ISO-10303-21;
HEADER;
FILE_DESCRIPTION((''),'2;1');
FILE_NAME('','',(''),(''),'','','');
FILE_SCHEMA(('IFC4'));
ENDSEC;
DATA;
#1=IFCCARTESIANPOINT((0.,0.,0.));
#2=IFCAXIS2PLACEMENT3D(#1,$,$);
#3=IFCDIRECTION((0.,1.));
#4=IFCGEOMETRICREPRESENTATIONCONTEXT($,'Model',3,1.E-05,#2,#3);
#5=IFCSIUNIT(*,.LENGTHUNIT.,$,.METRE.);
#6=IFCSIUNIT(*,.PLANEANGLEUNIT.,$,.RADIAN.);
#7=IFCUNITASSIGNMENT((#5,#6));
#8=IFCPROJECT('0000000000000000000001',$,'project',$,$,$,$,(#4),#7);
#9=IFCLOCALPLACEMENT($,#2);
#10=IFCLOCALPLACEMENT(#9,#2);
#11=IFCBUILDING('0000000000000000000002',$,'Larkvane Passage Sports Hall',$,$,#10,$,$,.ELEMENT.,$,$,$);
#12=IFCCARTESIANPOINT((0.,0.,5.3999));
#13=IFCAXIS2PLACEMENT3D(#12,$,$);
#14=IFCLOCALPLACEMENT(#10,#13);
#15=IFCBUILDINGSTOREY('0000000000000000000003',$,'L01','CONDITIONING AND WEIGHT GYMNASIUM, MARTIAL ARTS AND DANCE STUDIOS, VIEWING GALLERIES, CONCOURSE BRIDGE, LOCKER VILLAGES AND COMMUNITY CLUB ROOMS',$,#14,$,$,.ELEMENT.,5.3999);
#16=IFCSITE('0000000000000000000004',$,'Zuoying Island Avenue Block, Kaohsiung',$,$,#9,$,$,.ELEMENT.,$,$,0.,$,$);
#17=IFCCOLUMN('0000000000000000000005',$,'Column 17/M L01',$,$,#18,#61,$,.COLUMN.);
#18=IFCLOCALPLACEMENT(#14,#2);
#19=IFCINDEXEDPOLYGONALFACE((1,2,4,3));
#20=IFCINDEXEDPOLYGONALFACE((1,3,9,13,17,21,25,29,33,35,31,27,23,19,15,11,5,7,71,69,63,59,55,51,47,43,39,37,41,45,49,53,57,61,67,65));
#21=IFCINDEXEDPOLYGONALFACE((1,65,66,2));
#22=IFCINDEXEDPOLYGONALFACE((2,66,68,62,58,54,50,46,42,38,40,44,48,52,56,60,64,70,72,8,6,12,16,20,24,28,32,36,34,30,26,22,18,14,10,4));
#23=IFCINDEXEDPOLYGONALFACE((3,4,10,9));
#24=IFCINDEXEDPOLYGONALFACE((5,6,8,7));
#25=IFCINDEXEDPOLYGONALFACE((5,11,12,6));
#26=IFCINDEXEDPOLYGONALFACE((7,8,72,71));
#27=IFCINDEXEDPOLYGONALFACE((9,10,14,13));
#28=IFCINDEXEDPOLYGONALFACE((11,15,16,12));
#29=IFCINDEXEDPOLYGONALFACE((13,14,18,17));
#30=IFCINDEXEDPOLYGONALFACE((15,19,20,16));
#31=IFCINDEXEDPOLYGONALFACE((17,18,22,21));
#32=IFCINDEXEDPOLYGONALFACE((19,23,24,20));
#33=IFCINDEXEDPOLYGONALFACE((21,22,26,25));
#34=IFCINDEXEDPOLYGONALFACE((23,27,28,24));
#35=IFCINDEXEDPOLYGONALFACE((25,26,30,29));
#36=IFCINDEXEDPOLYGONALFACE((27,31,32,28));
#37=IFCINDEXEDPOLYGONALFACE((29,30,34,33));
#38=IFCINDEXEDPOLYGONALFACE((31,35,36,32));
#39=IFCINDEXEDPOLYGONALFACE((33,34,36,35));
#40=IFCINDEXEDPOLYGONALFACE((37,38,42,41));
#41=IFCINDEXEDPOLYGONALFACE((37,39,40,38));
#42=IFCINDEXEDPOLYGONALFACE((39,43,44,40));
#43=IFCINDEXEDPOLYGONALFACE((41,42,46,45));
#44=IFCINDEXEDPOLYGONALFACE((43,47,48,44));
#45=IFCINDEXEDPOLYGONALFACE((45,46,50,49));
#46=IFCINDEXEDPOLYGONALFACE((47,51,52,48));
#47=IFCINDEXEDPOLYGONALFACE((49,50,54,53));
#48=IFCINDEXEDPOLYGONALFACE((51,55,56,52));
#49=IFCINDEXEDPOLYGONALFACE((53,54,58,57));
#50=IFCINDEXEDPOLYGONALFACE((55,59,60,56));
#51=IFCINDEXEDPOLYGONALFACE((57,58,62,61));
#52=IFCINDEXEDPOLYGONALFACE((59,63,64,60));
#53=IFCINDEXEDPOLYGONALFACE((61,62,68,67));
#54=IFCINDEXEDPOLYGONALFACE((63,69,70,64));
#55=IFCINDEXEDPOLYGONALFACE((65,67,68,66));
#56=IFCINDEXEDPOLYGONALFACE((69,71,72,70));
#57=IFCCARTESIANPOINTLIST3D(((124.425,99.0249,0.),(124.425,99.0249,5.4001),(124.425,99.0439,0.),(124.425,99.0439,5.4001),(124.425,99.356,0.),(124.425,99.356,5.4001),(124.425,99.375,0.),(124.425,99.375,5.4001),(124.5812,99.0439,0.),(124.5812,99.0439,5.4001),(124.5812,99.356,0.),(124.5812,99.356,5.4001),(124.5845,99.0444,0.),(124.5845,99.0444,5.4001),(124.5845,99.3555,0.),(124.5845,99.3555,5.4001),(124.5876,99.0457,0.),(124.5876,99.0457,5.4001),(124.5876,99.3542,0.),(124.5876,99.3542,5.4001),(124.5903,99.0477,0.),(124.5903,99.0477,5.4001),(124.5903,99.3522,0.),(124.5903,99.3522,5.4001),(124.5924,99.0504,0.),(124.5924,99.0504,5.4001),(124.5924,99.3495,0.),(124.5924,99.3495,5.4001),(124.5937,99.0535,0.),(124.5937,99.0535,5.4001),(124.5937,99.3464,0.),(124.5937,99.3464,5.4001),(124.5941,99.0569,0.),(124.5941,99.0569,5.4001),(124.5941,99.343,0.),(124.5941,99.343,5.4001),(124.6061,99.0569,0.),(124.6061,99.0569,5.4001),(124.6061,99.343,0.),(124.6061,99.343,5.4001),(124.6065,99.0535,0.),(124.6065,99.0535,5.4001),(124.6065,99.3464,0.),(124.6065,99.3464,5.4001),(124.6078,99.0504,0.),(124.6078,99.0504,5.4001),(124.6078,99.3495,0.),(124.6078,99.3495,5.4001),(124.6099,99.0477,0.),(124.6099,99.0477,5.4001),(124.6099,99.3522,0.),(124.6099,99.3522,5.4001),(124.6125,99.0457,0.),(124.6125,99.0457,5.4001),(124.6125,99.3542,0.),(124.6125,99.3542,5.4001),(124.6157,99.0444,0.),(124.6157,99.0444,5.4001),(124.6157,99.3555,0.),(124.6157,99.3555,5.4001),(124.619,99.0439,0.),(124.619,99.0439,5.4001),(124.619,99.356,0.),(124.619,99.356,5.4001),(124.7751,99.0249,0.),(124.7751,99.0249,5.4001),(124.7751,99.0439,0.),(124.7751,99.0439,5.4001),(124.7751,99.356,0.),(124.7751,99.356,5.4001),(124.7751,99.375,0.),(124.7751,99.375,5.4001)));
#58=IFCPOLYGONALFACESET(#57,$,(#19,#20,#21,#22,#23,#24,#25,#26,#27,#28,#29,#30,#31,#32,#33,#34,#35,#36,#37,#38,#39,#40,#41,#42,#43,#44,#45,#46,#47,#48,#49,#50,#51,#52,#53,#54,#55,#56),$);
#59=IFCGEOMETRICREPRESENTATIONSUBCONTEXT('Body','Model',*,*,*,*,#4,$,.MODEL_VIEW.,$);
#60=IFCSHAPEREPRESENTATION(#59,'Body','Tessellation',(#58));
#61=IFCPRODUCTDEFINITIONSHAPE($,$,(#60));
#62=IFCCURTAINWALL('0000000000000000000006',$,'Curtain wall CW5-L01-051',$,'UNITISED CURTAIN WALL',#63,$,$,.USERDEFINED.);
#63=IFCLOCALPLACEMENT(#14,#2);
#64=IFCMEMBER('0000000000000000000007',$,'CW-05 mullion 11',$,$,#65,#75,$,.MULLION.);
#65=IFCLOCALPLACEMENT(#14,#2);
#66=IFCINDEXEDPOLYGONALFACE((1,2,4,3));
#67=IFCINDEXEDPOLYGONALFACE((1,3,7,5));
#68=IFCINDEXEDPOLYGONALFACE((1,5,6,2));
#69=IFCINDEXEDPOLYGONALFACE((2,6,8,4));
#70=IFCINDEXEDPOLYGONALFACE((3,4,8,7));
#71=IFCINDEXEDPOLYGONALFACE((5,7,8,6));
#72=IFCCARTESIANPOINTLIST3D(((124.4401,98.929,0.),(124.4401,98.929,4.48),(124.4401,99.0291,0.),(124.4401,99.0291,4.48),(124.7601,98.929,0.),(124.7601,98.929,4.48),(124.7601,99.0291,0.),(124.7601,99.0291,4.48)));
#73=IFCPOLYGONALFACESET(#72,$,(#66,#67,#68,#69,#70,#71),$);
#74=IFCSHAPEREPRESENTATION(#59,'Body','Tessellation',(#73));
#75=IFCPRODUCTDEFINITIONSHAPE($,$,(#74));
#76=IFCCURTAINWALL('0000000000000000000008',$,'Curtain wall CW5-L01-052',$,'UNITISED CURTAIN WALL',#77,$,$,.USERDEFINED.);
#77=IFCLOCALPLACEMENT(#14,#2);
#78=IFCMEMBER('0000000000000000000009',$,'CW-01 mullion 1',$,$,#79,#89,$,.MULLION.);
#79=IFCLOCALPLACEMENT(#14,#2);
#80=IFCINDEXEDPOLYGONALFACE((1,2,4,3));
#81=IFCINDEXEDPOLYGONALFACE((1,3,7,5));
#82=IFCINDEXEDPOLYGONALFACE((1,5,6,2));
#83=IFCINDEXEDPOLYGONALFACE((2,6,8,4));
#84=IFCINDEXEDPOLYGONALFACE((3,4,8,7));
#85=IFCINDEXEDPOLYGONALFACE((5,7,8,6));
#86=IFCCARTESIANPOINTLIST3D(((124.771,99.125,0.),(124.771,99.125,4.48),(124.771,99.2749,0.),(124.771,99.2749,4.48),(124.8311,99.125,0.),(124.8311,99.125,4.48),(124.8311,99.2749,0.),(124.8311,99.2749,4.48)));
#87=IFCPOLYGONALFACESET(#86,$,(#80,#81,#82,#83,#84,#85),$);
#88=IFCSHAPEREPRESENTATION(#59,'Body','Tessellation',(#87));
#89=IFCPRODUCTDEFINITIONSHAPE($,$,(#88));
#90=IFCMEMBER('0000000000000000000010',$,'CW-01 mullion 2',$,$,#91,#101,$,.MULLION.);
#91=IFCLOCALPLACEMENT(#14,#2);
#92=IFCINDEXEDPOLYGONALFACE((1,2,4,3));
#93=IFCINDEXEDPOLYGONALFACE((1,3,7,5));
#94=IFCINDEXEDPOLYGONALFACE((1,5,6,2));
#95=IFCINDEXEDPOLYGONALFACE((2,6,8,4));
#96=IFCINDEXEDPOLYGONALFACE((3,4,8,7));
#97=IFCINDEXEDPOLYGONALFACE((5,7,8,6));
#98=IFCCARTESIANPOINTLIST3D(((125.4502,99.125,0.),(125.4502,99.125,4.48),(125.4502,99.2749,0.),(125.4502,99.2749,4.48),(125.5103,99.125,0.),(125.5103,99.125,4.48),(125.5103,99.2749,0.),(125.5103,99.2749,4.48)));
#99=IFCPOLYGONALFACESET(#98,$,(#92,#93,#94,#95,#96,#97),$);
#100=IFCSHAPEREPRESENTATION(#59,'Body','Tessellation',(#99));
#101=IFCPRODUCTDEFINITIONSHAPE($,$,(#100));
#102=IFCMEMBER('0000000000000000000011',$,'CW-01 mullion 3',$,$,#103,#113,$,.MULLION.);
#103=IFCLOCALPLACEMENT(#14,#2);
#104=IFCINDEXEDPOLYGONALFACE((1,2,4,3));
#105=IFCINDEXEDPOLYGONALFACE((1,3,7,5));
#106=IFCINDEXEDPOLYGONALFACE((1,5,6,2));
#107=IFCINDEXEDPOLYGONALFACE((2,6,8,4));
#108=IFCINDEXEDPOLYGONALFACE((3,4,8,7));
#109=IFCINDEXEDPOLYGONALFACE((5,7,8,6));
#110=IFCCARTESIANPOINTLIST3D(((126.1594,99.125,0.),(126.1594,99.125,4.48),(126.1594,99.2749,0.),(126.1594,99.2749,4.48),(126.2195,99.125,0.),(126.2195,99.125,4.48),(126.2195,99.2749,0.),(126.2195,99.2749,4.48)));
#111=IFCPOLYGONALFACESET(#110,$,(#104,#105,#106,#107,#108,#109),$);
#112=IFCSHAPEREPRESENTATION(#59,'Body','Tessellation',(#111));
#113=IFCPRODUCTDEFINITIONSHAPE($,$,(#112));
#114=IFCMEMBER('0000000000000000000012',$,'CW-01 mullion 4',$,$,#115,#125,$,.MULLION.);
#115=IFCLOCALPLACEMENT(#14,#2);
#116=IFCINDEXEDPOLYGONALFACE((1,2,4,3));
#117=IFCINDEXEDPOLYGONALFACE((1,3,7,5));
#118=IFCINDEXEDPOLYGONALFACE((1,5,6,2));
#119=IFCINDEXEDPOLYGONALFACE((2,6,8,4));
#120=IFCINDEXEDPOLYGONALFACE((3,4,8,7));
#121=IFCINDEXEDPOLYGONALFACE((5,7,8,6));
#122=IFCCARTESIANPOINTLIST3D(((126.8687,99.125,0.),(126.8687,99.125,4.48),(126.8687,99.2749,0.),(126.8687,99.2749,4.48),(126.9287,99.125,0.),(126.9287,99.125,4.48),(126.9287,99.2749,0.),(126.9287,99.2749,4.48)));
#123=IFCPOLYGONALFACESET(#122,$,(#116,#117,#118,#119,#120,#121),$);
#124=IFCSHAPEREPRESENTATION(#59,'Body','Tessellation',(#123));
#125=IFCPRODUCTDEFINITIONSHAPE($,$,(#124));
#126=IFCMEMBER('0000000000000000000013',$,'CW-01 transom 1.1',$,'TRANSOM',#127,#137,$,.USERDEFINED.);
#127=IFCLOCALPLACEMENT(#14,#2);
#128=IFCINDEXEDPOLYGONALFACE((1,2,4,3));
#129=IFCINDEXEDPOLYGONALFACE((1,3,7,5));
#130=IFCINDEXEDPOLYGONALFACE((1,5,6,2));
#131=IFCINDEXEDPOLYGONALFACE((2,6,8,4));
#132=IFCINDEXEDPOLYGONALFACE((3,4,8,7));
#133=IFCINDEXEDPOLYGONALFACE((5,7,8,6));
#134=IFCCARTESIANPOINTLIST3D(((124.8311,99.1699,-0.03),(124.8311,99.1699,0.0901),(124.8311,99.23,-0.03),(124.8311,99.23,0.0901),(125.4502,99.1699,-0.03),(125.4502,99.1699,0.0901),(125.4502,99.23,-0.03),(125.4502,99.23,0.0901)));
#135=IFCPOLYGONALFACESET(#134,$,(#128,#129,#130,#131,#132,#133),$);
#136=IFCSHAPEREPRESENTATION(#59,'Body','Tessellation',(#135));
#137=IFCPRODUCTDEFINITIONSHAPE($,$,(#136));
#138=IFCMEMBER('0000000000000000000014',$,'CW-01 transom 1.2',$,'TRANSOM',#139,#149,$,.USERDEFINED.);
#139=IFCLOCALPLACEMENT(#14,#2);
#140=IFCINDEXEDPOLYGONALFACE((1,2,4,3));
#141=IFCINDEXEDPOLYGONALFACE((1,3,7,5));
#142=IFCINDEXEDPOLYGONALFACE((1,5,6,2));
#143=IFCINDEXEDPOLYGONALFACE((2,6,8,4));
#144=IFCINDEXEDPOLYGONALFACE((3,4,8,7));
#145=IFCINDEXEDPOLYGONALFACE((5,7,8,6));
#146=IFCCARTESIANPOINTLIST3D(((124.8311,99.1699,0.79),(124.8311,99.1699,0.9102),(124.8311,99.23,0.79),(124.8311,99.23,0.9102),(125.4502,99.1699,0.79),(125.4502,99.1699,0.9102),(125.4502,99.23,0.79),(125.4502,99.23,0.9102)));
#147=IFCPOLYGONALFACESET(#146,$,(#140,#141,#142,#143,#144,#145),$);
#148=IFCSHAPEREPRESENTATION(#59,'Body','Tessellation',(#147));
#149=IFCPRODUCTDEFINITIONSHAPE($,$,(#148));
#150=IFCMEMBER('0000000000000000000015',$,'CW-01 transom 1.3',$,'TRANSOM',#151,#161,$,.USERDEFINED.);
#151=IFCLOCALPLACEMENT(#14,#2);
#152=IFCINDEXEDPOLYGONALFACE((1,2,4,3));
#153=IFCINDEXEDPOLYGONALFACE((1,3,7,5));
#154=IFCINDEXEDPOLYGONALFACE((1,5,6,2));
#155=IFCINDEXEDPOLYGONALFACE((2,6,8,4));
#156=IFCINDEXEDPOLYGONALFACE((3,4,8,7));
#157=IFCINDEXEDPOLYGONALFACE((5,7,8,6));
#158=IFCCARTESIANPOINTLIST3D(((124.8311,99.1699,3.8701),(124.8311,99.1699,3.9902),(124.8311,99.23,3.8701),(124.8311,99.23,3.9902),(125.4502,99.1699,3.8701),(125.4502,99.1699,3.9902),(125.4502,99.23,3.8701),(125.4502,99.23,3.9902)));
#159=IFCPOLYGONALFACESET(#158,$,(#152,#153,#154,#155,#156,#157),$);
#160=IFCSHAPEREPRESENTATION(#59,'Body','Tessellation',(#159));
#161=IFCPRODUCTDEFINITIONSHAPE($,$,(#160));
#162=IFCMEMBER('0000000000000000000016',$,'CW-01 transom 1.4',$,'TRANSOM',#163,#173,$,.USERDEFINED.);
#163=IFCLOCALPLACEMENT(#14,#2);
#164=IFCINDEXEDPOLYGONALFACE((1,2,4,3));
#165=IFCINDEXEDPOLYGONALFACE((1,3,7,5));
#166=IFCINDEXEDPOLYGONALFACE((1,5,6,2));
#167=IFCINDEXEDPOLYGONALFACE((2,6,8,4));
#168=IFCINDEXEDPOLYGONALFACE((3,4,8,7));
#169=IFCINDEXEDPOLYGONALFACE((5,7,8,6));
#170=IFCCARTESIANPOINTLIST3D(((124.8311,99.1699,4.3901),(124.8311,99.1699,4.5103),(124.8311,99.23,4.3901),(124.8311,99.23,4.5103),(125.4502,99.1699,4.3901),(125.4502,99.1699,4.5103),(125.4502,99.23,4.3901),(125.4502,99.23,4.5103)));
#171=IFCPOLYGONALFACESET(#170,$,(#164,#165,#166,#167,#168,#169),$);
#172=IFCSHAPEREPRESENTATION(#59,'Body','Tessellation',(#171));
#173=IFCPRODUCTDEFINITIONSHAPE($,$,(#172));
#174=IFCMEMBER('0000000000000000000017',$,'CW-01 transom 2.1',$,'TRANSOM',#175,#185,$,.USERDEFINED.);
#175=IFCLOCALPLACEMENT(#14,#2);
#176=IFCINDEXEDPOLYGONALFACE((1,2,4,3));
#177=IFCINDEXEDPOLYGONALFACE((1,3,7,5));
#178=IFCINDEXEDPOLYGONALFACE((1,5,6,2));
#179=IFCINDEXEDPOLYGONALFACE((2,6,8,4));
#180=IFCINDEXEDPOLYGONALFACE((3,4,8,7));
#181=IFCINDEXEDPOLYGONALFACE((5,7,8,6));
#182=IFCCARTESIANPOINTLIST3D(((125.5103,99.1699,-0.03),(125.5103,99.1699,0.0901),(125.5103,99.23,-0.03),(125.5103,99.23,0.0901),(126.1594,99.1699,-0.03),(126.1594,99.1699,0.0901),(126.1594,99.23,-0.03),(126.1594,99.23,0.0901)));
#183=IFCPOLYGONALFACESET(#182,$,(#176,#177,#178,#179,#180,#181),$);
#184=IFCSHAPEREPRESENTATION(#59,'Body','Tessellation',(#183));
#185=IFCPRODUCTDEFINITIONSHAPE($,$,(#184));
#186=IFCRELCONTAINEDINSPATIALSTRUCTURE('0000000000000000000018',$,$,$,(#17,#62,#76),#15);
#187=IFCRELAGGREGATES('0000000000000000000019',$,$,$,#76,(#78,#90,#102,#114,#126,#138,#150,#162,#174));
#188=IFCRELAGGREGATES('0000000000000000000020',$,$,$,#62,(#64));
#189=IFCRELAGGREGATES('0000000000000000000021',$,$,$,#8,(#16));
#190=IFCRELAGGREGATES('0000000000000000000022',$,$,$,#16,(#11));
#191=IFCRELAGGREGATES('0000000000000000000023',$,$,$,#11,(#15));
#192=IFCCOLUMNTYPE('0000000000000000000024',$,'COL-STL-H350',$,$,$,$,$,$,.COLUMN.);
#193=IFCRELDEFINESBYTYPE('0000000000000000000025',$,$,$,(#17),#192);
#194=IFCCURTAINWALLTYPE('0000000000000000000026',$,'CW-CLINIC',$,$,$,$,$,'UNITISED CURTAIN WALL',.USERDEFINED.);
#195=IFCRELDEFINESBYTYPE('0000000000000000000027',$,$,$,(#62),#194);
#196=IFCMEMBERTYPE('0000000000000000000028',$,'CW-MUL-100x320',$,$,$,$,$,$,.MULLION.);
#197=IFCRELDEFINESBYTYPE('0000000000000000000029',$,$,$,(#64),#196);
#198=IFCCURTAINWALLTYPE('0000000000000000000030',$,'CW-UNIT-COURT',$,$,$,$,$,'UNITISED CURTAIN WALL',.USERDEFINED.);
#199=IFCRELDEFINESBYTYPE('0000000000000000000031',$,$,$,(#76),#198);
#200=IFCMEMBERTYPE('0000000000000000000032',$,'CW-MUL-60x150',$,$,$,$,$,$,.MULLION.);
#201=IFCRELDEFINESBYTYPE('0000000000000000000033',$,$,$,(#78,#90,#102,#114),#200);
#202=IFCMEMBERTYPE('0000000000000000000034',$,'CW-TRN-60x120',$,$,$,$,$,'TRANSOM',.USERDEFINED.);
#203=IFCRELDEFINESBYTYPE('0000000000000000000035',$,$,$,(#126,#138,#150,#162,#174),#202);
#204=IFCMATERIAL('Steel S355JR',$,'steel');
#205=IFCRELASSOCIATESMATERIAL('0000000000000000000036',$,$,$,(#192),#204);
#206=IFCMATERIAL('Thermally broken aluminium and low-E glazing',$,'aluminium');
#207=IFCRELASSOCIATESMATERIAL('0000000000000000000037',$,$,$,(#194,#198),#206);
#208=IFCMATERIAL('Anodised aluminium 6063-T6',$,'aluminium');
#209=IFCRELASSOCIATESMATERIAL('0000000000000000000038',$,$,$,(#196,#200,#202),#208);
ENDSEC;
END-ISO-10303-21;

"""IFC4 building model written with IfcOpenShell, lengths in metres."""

from ifc_helpers import new_model, si_unit, direction, frame, origin, origin_2d, place, context, subcontext, project, spatial, rectangle, i_section, extrude, material, material_profile, profile_set, type_object, element, aggregate, save


model = new_model("IFC4")

# Units and contexts
model_context = context("Model", 3, precision=1e-05, world=origin(), true_north=direction((0.0, 1.0)))
body_context = subcontext(model_context, "Body", "Model", "MODEL_VIEW")
ifc_project = project(units=[si_unit("LENGTHUNIT", "METRE"), si_unit("PLANEANGLEUNIT", "RADIAN")], contexts=[model_context])

# Site, building, storey
site_placement = place(None, origin())
site = spatial("IfcSite", under=ifc_project, at=site_placement, Name="Zuoying Island Avenue Block, Kaohsiung", CompositionType="ELEMENT", RefElevation=0.0)
building_placement = place(site_placement, origin())
building = spatial("IfcBuilding", under=site, at=building_placement, Name="Larkvane Passage Sports Hall", CompositionType="ELEMENT")
storey_placement = place(building_placement, frame((0.0, 0.0, 5.3999)))
storey = spatial("IfcBuildingStorey", under=building, at=storey_placement, Name="L01", Description="CONDITIONING AND WEIGHT GYMNASIUM, MARTIAL ARTS AND DANCE STUDIOS, VIEWING GALLERIES, CONCOURSE BRIDGE, LOCKER VILLAGES AND COMMUNITY CLUB ROOMS", CompositionType="ELEMENT", Elevation=5.3999)

# Column
ifc_material_1 = material(Name="Steel S355JR", Category="steel")
ifc_material_profile_1 = material_profile(ifc_material_1, i_section(OverallWidth=0.3501, OverallDepth=0.3501, WebThickness=0.012, FlangeThickness=0.019, FilletRadius=0.0129, at=origin_2d()), Name="H-350x350x12x19")
ifc_profile_set_1 = profile_set([ifc_material_profile_1], Name="Steel S355JR")
column_type = type_object("IfcColumnType", Name="COL-STL-H350", PredefinedType="COLUMN", material=ifc_profile_set_1)
column_placement = place(storey_placement, frame((124.6001, 99.2, 0.0), z_axis=(0.0, 0.0, 1.0), x_axis=(1.0, 0.0, 0.0)))
element("IfcColumn", 1, at=column_placement, inside=storey, type_object=column_type, Name="Column 17/M L01", PredefinedType="COLUMN", context=body_context, shape_type="SweptSolid", body=[
    extrude(i_section(OverallWidth=0.3501, OverallDepth=0.3501, WebThickness=0.012, FlangeThickness=0.019, FilletRadius=0.0129, at=origin_2d()), origin(), (0.0, 0.0, 1.0), 5.4001),
])

# Curtain wall, member
ifc_material_2 = material(Name="Thermally broken aluminium and low-E glazing", Category="aluminium")
curtain_wall_type_1 = type_object("IfcCurtainWallType", Name="CW-CLINIC", ElementType="UNITISED CURTAIN WALL", PredefinedType="USERDEFINED", material=ifc_material_2)
curtain_wall_1_placement = place(storey_placement, origin())
curtain_wall_1 = element("IfcCurtainWall", 2, at=curtain_wall_1_placement, inside=storey, type_object=curtain_wall_type_1, Name="Curtain wall CW5-L01-051", ObjectType="UNITISED CURTAIN WALL", PredefinedType="USERDEFINED")
ifc_material_3 = material(Name="Anodised aluminium 6063-T6", Category="aluminium")
ifc_material_profile_2 = material_profile(ifc_material_3, rectangle(XDim=0.1001, YDim=0.3201, at=origin_2d()), Name="ALU-MUL-100x320")
ifc_profile_set_2 = profile_set([ifc_material_profile_2], Name="Anodised aluminium 6063-T6")
member_type_1 = type_object("IfcMemberType", Name="CW-MUL-100x320", PredefinedType="MULLION", material=ifc_profile_set_2)
member_1_placement = place(storey_placement, frame((124.6001, 98.979, 0.0), z_axis=(0.0, 0.0, 1.0), x_axis=(0.0, 1.0, 0.0)))
member_1 = element("IfcMember", 3, at=member_1_placement, type_object=member_type_1, Name="CW-05 mullion 11", PredefinedType="MULLION", context=body_context, shape_type="SweptSolid", body=[
    extrude(rectangle(XDim=0.1001, YDim=0.3201, at=origin_2d()), origin(), (0.0, 0.0, 1.0), 4.48),
])

# Curtain wall, members
curtain_wall_type_2 = type_object("IfcCurtainWallType", Name="CW-UNIT-COURT", ElementType="UNITISED CURTAIN WALL", PredefinedType="USERDEFINED", material=ifc_material_2)
curtain_wall_2_placement = place(storey_placement, origin())
curtain_wall_2 = element("IfcCurtainWall", 4, at=curtain_wall_2_placement, inside=storey, type_object=curtain_wall_type_2, Name="Curtain wall CW5-L01-052", ObjectType="UNITISED CURTAIN WALL", PredefinedType="USERDEFINED")
ifc_material_profile_3 = material_profile(ifc_material_3, rectangle(XDim=0.0601, YDim=0.1499, at=origin_2d()), Name="ALU-MUL-60x150")
ifc_profile_set_3 = profile_set([ifc_material_profile_3], Name="Anodised aluminium 6063-T6")
member_type_2 = type_object("IfcMemberType", Name="CW-MUL-60x150", PredefinedType="MULLION", material=ifc_profile_set_3)
member_2_placement = place(storey_placement, frame((124.801, 99.2, 0.0), z_axis=(0.0, 0.0, 1.0), x_axis=(1.0, 0.0, 0.0)))
member_2 = element("IfcMember", 5, at=member_2_placement, type_object=member_type_2, Name="CW-01 mullion 1", PredefinedType="MULLION", context=body_context, shape_type="SweptSolid", body=[
    extrude(rectangle(XDim=0.0601, YDim=0.1499, at=origin_2d()), origin(), (0.0, 0.0, 1.0), 4.48),
])
member_3_placement = place(storey_placement, frame((125.4802, 99.2, 0.0), z_axis=(0.0, 0.0, 1.0), x_axis=(1.0, 0.0, 0.0)))
member_3 = element("IfcMember", 6, at=member_3_placement, type_object=member_type_2, Name="CW-01 mullion 2", PredefinedType="MULLION", context=body_context, shape_type="SweptSolid", body=[
    extrude(rectangle(XDim=0.0601, YDim=0.1499, at=origin_2d()), origin(), (0.0, 0.0, 1.0), 4.48),
])
member_4_placement = place(storey_placement, frame((126.1895, 99.2, 0.0), z_axis=(0.0, 0.0, 1.0), x_axis=(1.0, 0.0, 0.0)))
member_4 = element("IfcMember", 7, at=member_4_placement, type_object=member_type_2, Name="CW-01 mullion 3", PredefinedType="MULLION", context=body_context, shape_type="SweptSolid", body=[
    extrude(rectangle(XDim=0.0601, YDim=0.1499, at=origin_2d()), origin(), (0.0, 0.0, 1.0), 4.48),
])
member_5_placement = place(storey_placement, frame((126.8987, 99.2, 0.0), z_axis=(0.0, 0.0, 1.0), x_axis=(1.0, 0.0, 0.0)))
member_5 = element("IfcMember", 8, at=member_5_placement, type_object=member_type_2, Name="CW-01 mullion 4", PredefinedType="MULLION", context=body_context, shape_type="SweptSolid", body=[
    extrude(rectangle(XDim=0.0601, YDim=0.1499, at=origin_2d()), origin(), (0.0, 0.0, 1.0), 4.48),
])
ifc_material_profile_4 = material_profile(ifc_material_3, rectangle(XDim=0.0601, YDim=0.1201, at=origin_2d()), Name="ALU-TRN-60x120")
ifc_profile_set_4 = profile_set([ifc_material_profile_4], Name="Anodised aluminium 6063-T6")
member_type_3 = type_object("IfcMemberType", Name="CW-TRN-60x120", ElementType="TRANSOM", PredefinedType="USERDEFINED", material=ifc_profile_set_4)
member_6_placement = place(storey_placement, frame((124.8311, 99.2, 0.03), z_axis=(1.0, 0.0, 0.0), x_axis=(0.0, 1.0, 0.0)))
member_6 = element("IfcMember", 9, at=member_6_placement, type_object=member_type_3, Name="CW-01 transom 1.1", ObjectType="TRANSOM", PredefinedType="USERDEFINED", context=body_context, shape_type="SweptSolid", body=[
    extrude(rectangle(XDim=0.0601, YDim=0.1201, at=origin_2d()), origin(), (0.0, 0.0, 1.0), 0.6191),
])
member_7_placement = place(storey_placement, frame((124.8311, 99.2, 0.8501), z_axis=(1.0, 0.0, 0.0), x_axis=(0.0, 1.0, 0.0)))
member_7 = element("IfcMember", 10, at=member_7_placement, type_object=member_type_3, Name="CW-01 transom 1.2", ObjectType="TRANSOM", PredefinedType="USERDEFINED", context=body_context, shape_type="SweptSolid", body=[
    extrude(rectangle(XDim=0.0601, YDim=0.1201, at=origin_2d()), origin(), (0.0, 0.0, 1.0), 0.6191),
])
member_8_placement = place(storey_placement, frame((124.8311, 99.2, 3.9302), z_axis=(1.0, 0.0, 0.0), x_axis=(0.0, 1.0, 0.0)))
member_8 = element("IfcMember", 11, at=member_8_placement, type_object=member_type_3, Name="CW-01 transom 1.3", ObjectType="TRANSOM", PredefinedType="USERDEFINED", context=body_context, shape_type="SweptSolid", body=[
    extrude(rectangle(XDim=0.0601, YDim=0.1201, at=origin_2d()), origin(), (0.0, 0.0, 1.0), 0.6191),
])
member_9_placement = place(storey_placement, frame((124.8311, 99.2, 4.4502), z_axis=(1.0, 0.0, 0.0), x_axis=(0.0, 1.0, 0.0)))
member_9 = element("IfcMember", 12, at=member_9_placement, type_object=member_type_3, Name="CW-01 transom 1.4", ObjectType="TRANSOM", PredefinedType="USERDEFINED", context=body_context, shape_type="SweptSolid", body=[
    extrude(rectangle(XDim=0.0601, YDim=0.1201, at=origin_2d()), origin(), (0.0, 0.0, 1.0), 0.6191),
])
member_10_placement = place(storey_placement, frame((125.5103, 99.2, 0.03), z_axis=(1.0, 0.0, 0.0), x_axis=(0.0, 1.0, 0.0)))
member_10 = element("IfcMember", 13, at=member_10_placement, type_object=member_type_3, Name="CW-01 transom 2.1", ObjectType="TRANSOM", PredefinedType="USERDEFINED", context=body_context, shape_type="SweptSolid", body=[
    extrude(rectangle(XDim=0.0601, YDim=0.1201, at=origin_2d()), origin(), (0.0, 0.0, 1.0), 0.6492),
])

aggregate(curtain_wall_2, [member_2, member_3, member_4, member_5, member_6, member_7, member_8, member_9, member_10])
aggregate(curtain_wall_1, [member_1])

save(model, "model.ifc")
